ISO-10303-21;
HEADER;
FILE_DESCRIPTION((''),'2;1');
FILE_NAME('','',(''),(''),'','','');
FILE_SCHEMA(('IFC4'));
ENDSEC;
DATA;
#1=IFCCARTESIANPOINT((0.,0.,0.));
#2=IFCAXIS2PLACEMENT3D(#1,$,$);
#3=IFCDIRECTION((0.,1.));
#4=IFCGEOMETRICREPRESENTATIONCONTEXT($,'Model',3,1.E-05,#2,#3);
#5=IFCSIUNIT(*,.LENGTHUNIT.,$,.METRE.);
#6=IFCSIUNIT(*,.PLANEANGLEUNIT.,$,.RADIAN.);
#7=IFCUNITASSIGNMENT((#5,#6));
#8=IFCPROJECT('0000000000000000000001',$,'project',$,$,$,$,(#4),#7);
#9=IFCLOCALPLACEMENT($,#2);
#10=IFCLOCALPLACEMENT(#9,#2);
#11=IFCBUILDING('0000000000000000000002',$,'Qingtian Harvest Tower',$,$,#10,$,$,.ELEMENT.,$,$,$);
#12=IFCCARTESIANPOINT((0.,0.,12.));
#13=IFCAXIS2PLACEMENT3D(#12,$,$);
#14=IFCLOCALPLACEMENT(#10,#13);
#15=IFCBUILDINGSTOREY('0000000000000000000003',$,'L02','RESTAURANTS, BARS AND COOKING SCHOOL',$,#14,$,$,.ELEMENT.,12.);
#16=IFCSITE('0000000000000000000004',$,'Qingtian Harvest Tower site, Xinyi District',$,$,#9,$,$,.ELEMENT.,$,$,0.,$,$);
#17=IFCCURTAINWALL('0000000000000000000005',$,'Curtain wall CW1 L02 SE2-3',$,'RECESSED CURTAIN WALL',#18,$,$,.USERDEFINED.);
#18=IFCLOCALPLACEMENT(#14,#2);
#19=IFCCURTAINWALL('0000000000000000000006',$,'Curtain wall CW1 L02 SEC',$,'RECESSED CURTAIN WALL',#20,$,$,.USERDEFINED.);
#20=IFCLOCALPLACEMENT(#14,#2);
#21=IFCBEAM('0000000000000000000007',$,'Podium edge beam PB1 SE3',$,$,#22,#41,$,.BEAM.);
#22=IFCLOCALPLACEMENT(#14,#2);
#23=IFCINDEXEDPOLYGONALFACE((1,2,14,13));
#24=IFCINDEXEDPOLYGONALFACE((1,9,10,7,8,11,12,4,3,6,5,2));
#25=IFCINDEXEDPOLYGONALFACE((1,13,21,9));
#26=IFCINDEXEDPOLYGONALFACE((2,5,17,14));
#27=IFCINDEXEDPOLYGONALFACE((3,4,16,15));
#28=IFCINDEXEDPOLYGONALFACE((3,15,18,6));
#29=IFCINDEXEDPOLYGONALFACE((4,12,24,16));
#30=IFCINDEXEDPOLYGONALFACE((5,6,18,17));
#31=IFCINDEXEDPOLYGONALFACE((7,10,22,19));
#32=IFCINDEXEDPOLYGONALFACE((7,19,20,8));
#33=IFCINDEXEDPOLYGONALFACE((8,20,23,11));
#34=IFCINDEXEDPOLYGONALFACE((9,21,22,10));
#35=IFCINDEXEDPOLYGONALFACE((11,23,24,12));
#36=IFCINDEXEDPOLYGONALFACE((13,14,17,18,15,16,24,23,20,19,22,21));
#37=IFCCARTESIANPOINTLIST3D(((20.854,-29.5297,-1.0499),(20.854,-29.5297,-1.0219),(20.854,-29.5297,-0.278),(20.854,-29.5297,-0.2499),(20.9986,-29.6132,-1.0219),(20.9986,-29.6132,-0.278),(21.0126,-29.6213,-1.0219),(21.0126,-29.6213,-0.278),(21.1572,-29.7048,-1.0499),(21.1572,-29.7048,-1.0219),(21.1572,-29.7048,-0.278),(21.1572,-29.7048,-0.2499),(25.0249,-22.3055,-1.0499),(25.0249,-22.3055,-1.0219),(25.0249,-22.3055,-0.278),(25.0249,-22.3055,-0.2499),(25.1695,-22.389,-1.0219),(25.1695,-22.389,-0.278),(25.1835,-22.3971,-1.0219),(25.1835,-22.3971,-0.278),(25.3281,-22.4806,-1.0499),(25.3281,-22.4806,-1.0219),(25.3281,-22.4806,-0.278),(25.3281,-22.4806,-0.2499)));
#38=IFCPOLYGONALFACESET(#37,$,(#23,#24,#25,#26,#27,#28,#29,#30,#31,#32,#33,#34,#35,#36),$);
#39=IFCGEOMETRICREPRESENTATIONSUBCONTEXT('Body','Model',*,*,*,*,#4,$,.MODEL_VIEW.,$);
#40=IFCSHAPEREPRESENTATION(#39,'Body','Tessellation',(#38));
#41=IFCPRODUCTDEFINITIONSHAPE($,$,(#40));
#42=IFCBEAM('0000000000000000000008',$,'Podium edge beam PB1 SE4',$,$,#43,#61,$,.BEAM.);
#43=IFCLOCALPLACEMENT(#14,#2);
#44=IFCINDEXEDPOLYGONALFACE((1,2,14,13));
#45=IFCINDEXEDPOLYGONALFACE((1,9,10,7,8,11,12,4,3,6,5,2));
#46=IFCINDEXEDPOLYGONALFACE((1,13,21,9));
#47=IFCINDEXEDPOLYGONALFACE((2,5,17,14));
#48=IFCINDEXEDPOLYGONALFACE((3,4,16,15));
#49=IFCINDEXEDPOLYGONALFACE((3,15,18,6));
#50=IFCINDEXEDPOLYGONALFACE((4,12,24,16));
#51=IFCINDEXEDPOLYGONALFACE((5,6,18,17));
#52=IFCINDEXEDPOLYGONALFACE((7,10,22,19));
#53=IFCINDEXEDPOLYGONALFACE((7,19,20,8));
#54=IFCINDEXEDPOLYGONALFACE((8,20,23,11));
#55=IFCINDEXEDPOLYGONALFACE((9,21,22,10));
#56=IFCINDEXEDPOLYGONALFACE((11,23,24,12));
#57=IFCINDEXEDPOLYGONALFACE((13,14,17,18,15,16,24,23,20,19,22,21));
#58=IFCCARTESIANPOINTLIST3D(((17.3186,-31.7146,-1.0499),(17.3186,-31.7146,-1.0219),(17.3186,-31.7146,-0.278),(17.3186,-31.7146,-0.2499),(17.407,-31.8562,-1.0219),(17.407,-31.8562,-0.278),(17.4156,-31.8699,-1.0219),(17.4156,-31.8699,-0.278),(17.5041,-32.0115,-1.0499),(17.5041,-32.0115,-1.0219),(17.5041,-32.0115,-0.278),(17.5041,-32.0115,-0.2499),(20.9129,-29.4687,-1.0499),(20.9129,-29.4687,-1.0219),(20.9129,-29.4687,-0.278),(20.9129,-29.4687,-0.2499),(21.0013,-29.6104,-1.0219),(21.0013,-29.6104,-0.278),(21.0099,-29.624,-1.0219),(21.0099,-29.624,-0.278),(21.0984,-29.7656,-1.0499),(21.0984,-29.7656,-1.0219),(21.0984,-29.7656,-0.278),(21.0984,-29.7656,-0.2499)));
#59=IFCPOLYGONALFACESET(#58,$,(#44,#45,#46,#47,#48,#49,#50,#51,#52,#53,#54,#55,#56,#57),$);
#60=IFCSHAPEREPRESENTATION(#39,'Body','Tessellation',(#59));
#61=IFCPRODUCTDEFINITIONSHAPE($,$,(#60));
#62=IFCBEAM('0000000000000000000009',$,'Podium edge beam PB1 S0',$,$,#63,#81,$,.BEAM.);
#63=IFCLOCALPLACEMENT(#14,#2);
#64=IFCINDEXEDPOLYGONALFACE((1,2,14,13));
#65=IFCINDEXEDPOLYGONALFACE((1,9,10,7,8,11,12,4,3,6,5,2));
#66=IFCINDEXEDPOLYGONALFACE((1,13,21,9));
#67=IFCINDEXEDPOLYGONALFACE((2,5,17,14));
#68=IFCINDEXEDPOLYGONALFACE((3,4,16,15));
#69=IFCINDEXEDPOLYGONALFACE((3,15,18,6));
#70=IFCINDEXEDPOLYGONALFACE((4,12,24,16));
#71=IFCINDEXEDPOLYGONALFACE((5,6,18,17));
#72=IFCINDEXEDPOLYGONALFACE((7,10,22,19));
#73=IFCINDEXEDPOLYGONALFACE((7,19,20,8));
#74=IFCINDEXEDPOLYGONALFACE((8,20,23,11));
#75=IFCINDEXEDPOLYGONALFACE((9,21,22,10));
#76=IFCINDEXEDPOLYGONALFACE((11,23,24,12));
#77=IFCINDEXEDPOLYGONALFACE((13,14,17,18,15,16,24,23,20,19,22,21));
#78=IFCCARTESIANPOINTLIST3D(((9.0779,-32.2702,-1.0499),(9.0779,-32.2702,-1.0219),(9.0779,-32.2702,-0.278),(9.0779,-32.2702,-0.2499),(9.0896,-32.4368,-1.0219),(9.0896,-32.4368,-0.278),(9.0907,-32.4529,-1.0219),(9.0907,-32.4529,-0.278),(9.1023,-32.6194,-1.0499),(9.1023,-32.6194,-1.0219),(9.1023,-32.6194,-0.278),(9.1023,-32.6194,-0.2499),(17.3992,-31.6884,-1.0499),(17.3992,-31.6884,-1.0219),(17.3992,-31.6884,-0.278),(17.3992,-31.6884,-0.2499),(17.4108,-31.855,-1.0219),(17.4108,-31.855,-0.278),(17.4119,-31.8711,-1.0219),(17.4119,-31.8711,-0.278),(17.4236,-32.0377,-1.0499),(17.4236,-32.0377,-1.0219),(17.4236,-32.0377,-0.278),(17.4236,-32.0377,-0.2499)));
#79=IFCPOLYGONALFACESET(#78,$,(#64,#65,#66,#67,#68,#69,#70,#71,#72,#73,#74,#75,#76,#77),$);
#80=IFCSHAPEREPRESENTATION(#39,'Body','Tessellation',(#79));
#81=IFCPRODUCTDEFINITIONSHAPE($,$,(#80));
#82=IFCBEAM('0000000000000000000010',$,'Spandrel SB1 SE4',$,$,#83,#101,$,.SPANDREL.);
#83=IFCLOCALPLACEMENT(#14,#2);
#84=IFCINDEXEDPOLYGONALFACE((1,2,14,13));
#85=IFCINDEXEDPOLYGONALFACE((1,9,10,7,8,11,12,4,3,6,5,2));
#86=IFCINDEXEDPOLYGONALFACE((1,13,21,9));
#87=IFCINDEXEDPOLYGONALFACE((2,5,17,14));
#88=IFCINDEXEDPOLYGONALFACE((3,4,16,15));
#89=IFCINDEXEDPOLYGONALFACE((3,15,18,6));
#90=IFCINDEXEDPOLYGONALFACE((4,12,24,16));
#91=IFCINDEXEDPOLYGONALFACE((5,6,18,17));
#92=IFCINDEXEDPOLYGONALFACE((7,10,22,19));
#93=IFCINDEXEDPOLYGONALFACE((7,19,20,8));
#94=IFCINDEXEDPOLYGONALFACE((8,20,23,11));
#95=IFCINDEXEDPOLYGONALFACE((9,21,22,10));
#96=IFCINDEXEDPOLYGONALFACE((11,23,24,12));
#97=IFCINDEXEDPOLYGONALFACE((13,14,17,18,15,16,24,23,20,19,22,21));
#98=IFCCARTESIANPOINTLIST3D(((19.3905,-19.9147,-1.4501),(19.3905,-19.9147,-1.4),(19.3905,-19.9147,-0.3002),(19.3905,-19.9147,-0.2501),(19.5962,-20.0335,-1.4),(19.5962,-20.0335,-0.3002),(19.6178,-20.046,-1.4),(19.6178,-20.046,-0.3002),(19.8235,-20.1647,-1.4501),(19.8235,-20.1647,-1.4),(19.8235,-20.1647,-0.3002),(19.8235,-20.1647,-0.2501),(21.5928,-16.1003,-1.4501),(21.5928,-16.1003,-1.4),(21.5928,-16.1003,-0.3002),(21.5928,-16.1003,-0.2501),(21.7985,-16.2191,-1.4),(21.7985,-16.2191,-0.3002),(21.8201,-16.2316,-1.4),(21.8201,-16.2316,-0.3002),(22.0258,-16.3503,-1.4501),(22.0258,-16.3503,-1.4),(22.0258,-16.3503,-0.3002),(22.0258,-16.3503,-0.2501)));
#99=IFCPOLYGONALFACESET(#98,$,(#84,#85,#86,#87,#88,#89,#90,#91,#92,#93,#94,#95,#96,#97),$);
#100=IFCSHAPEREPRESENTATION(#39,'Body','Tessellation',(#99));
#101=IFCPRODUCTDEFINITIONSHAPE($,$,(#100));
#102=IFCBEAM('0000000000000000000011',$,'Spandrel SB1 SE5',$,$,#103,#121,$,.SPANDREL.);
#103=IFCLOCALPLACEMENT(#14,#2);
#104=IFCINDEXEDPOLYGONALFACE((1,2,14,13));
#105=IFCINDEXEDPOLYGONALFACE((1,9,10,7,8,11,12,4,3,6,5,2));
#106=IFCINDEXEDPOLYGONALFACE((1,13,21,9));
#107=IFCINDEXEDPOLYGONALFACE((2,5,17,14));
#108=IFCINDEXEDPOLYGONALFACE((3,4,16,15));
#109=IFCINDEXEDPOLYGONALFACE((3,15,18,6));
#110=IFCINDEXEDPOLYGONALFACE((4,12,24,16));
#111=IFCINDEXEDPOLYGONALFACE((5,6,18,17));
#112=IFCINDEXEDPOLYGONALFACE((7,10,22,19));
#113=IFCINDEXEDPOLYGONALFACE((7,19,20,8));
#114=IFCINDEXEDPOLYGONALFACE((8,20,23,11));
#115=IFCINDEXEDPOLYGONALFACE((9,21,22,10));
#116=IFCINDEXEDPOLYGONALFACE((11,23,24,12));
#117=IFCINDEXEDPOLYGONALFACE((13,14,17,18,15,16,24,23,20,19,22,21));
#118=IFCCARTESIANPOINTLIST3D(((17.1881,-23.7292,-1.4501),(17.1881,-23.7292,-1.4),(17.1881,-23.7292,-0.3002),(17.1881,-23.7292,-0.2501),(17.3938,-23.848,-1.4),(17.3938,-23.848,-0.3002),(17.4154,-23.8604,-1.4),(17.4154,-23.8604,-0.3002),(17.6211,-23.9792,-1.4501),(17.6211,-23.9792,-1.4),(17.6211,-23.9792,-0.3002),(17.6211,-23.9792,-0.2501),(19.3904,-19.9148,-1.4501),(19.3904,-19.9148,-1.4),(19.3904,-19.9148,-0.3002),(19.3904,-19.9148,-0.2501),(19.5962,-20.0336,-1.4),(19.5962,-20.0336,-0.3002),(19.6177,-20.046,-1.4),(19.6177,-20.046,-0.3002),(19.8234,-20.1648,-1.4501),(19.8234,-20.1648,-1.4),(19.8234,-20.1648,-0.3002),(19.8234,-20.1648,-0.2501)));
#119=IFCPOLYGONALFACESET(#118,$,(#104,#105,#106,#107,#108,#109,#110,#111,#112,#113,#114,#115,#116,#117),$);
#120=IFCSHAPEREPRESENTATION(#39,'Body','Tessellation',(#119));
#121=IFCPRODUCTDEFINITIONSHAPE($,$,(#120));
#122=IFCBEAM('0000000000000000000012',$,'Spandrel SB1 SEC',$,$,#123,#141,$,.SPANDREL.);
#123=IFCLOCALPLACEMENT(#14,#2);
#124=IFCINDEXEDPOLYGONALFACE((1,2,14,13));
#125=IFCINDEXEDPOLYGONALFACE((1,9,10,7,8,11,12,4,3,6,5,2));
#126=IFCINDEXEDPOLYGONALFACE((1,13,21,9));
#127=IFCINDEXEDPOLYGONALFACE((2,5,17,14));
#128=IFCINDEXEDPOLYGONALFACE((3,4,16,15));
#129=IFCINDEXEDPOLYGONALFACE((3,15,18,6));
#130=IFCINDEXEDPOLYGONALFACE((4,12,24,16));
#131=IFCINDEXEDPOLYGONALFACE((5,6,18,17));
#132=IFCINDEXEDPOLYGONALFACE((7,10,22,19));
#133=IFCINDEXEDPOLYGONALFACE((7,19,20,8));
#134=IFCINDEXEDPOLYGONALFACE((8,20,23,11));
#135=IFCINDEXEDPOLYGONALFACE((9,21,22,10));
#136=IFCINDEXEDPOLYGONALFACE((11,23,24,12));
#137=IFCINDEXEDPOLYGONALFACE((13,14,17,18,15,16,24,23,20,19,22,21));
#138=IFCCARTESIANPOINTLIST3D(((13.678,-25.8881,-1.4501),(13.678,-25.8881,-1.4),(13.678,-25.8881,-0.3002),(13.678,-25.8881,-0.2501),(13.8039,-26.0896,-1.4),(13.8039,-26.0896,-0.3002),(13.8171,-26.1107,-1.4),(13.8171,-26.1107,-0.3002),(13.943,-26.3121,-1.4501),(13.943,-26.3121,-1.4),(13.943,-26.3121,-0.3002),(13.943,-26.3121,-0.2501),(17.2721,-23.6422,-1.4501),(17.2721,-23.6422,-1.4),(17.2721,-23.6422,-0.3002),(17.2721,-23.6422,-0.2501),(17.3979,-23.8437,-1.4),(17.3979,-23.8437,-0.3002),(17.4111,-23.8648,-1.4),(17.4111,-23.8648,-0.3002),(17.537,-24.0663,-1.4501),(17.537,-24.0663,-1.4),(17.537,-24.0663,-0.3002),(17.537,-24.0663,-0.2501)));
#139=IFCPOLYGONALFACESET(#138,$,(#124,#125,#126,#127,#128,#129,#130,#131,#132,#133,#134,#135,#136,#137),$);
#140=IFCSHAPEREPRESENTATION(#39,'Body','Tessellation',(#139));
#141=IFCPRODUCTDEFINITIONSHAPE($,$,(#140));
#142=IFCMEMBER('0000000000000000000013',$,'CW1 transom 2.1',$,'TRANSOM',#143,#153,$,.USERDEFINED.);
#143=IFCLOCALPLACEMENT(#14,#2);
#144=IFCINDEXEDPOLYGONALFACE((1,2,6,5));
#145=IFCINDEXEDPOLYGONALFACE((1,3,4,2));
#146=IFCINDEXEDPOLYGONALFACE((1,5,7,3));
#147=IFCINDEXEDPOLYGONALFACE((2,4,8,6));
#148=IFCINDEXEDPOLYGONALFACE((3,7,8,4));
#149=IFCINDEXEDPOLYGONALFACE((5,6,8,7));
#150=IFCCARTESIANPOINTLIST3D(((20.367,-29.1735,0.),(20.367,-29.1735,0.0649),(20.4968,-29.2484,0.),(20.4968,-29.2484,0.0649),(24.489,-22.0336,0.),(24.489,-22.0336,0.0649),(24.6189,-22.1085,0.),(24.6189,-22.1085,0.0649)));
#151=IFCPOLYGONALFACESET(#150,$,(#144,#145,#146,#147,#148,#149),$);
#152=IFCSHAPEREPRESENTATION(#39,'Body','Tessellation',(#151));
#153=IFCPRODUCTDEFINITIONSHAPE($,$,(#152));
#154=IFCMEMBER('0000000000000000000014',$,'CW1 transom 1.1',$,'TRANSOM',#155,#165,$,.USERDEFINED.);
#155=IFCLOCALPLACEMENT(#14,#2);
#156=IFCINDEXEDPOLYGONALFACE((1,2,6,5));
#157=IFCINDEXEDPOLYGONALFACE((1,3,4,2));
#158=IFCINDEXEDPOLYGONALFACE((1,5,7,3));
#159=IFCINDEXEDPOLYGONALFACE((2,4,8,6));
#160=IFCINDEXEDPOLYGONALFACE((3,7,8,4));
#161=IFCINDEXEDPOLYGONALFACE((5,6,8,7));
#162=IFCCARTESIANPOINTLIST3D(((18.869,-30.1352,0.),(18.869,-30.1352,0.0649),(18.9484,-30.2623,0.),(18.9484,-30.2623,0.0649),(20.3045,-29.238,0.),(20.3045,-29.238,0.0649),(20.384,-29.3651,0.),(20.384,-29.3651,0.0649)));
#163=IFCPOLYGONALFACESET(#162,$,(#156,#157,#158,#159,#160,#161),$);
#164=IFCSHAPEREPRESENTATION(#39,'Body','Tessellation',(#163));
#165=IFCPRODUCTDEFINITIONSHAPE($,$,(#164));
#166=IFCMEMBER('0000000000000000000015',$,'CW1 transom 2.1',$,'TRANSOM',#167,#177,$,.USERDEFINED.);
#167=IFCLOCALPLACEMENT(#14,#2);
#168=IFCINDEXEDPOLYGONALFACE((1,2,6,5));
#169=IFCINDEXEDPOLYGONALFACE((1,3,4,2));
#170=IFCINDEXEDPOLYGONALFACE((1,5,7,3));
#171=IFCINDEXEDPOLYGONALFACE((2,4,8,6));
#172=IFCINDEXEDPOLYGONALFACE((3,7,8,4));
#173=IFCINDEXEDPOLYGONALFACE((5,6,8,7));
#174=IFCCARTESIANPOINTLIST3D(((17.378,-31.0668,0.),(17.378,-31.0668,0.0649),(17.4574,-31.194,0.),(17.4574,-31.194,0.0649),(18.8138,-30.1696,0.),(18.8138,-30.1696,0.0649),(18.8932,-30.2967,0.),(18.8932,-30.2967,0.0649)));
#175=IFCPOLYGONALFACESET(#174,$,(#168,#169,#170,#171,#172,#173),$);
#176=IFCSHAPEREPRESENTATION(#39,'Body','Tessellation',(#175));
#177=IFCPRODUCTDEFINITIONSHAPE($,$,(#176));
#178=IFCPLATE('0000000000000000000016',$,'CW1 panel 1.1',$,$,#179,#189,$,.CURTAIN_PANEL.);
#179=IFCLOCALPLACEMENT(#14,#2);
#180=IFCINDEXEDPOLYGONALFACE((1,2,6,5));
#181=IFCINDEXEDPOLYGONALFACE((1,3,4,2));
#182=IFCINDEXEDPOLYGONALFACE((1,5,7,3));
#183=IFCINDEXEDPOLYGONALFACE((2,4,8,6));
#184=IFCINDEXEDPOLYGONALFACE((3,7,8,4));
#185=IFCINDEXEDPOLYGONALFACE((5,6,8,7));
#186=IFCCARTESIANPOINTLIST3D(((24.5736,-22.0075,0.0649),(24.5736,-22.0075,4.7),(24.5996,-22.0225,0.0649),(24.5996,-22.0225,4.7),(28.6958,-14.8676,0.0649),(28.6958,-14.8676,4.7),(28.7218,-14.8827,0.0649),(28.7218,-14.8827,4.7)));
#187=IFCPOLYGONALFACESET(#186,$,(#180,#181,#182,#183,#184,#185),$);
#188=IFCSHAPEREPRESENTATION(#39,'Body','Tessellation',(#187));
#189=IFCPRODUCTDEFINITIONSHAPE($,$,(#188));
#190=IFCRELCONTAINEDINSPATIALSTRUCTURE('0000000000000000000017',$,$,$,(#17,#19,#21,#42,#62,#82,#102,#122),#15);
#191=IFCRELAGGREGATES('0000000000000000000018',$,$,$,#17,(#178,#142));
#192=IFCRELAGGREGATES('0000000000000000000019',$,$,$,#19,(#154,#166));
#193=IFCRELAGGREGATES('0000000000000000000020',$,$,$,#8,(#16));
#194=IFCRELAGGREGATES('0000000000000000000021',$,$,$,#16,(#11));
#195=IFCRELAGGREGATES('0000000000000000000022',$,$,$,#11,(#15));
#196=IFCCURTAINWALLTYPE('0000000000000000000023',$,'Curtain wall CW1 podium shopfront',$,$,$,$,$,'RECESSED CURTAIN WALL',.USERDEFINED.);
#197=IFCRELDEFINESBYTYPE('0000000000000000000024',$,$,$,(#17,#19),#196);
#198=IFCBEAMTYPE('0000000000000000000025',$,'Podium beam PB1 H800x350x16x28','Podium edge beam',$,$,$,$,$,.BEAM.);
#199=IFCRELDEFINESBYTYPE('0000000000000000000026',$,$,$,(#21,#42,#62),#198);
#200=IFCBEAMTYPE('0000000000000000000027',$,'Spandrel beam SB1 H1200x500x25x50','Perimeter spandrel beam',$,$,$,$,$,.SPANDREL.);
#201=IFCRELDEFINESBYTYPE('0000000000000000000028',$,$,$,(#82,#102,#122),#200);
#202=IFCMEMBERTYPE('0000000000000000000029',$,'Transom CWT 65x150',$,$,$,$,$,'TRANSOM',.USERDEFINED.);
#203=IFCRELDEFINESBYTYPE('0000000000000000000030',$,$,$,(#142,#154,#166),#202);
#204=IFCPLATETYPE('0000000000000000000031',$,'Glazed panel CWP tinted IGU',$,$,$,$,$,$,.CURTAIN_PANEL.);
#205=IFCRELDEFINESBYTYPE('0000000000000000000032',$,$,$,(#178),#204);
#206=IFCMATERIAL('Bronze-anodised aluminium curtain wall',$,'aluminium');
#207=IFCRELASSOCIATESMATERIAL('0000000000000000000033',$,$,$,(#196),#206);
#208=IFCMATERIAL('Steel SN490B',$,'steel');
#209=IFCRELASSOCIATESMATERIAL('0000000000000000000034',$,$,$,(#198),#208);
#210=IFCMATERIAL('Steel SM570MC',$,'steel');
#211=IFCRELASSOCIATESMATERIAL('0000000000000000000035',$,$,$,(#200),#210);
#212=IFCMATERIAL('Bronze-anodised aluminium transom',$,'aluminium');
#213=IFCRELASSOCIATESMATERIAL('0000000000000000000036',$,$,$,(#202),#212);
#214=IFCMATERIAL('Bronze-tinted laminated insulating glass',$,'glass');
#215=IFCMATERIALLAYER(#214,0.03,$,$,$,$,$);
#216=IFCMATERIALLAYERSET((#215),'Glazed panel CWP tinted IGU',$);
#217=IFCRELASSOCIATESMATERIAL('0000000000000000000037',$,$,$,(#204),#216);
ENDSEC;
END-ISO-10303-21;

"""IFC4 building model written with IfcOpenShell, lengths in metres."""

from ifc_helpers import new_model, si_unit, direction, frame, origin, origin_2d, place, context, subcontext, project, spatial, rectangle, i_section, extrude, material, layer, layer_set, material_profile, profile_set, type_object, element, aggregate, save


model = new_model("IFC4")

# Units and contexts
model_context = context("Model", 3, precision=1e-05, world=origin(), true_north=direction((0.0, 1.0)))
body_context = subcontext(model_context, "Body", "Model", "MODEL_VIEW")
ifc_project = project(units=[si_unit("LENGTHUNIT", "METRE"), si_unit("PLANEANGLEUNIT", "RADIAN")], contexts=[model_context])

# Site, building, storey
site_placement = place(None, origin())
site = spatial("IfcSite", under=ifc_project, at=site_placement, Name="Qingtian Harvest Tower site, Xinyi District", CompositionType="ELEMENT", RefElevation=0.0)
building_placement = place(site_placement, origin())
building = spatial("IfcBuilding", under=site, at=building_placement, Name="Qingtian Harvest Tower", CompositionType="ELEMENT")
storey_placement = place(building_placement, frame((0.0, 0.0, 12.0)))
storey = spatial("IfcBuildingStorey", under=building, at=storey_placement, Name="L02", Description="RESTAURANTS, BARS AND COOKING SCHOOL", CompositionType="ELEMENT", Elevation=12.0)

# Curtain walls
ifc_material_1 = material(Name="Bronze-anodised aluminium curtain wall", Category="aluminium")
curtain_wall_type = type_object("IfcCurtainWallType", Name="Curtain wall CW1 podium shopfront", ElementType="RECESSED CURTAIN WALL", PredefinedType="USERDEFINED", material=ifc_material_1)
curtain_wall_1_placement = place(storey_placement, origin())
curtain_wall_1 = element("IfcCurtainWall", 1, at=curtain_wall_1_placement, inside=storey, type_object=curtain_wall_type, Name="Curtain wall CW1 L02 SE2-3", ObjectType="RECESSED CURTAIN WALL", PredefinedType="USERDEFINED")
curtain_wall_2_placement = place(storey_placement, origin())
curtain_wall_2 = element("IfcCurtainWall", 2, at=curtain_wall_2_placement, inside=storey, type_object=curtain_wall_type, Name="Curtain wall CW1 L02 SEC", ObjectType="RECESSED CURTAIN WALL", PredefinedType="USERDEFINED")

# Beams
ifc_material_2 = material(Name="Steel SN490B", Category="steel")
ifc_material_profile_1 = material_profile(ifc_material_2, i_section(OverallWidth=0.3501, OverallDepth=0.8, WebThickness=0.0161, FlangeThickness=0.0281, at=origin_2d()), Name="H800x350x16x28")
ifc_profile_set_1 = profile_set([ifc_material_profile_1], Name="Steel SN490B")
beam_type_1 = type_object("IfcBeamType", Name="Podium beam PB1 H800x350x16x28", Description="Podium edge beam", PredefinedType="BEAM", material=ifc_profile_set_1)
beam_1_placement = place(storey_placement, frame((25.1765, -22.3931, -0.6499), z_axis=(-0.500005, -0.866023, 0.0), x_axis=(0.866023, -0.500005, 0.0)))
element("IfcBeam", 3, at=beam_1_placement, inside=storey, type_object=beam_type_1, Name="Podium edge beam PB1 SE3", PredefinedType="BEAM", context=body_context, shape_type="SweptSolid", body=[
    extrude(i_section(OverallWidth=0.3501, OverallDepth=0.8, WebThickness=0.0161, FlangeThickness=0.0281, at=origin_2d()), origin(), (0.0, 0.0, 1.0), 8.3418),
])
beam_2_placement = place(storey_placement, frame((21.0056, -29.6172, -0.6499), z_axis=(-0.848057, -0.529906, 0.0), x_axis=(0.529906, -0.848057, 0.0)))
element("IfcBeam", 4, at=beam_2_placement, inside=storey, type_object=beam_type_1, Name="Podium edge beam PB1 SE4", PredefinedType="BEAM", context=body_context, shape_type="SweptSolid", body=[
    extrude(i_section(OverallWidth=0.3501, OverallDepth=0.8, WebThickness=0.0161, FlangeThickness=0.0281, at=origin_2d()), origin(), (0.0, 0.0, 1.0), 4.2383),
])
beam_3_placement = place(storey_placement, frame((17.4114, -31.863, -0.6499), z_axis=(-0.997565, -0.069745, 0.0), x_axis=(0.069745, -0.997565, 0.0)))
element("IfcBeam", 5, at=beam_3_placement, inside=storey, type_object=beam_type_1, Name="Podium edge beam PB1 S0", PredefinedType="BEAM", context=body_context, shape_type="SweptSolid", body=[
    extrude(i_section(OverallWidth=0.3501, OverallDepth=0.8, WebThickness=0.0161, FlangeThickness=0.0281, at=origin_2d()), origin(), (0.0, 0.0, 1.0), 8.3416),
])
ifc_material_3 = material(Name="Steel SM570MC", Category="steel")
ifc_material_profile_2 = material_profile(ifc_material_3, i_section(OverallWidth=0.5, OverallDepth=1.2, WebThickness=0.0249, FlangeThickness=0.05, at=origin_2d()), Name="H1200x500x25x50")
ifc_profile_set_2 = profile_set([ifc_material_profile_2], Name="Steel SM570MC")
beam_type_2 = type_object("IfcBeamType", Name="Spandrel beam SB1 H1200x500x25x50", Description="Perimeter spandrel beam", PredefinedType="SPANDREL", material=ifc_profile_set_2)
for number, where, z_axis, x_axis, name in (
    (6, (21.8093, -16.2253, -0.8501), (-0.50002, -0.866014, 0.0), (0.866014, -0.50002, 0.0), "Spandrel SB1 SE4"),
    (7, (19.6069, -20.0398, -0.8501), (-0.50002, -0.866014, 0.0), (0.866014, -0.50002, 0.0), "Spandrel SB1 SE5"),
):
    element("IfcBeam", number, at=place(storey_placement, frame(where, z_axis=z_axis, x_axis=x_axis)), inside=storey, type_object=beam_type_2, Name=name, PredefinedType="SPANDREL", context=body_context, shape_type="SweptSolid", body=[
        extrude(i_section(OverallWidth=0.5, OverallDepth=1.2, WebThickness=0.0249, FlangeThickness=0.05, at=origin_2d()), origin(), (0.0, 0.0, 1.0), 4.4045),
    ])
beam_4_placement = place(storey_placement, frame((17.4045, -23.8542, -0.8501), z_axis=(-0.84804, -0.529932, 0.0), x_axis=(0.529932, -0.84804, 0.0)))
element("IfcBeam", 8, at=beam_4_placement, inside=storey, type_object=beam_type_2, Name="Spandrel SB1 SEC", PredefinedType="SPANDREL", context=body_context, shape_type="SweptSolid", body=[
    extrude(i_section(OverallWidth=0.5, OverallDepth=1.2, WebThickness=0.0249, FlangeThickness=0.05, at=origin_2d()), origin(), (0.0, 0.0, 1.0), 4.238),
])

# Members
ifc_material_4 = material(Name="Bronze-anodised aluminium transom", Category="aluminium")
ifc_material_profile_3 = material_profile(ifc_material_4, rectangle(XDim=0.1499, YDim=0.0649, at=origin_2d()), Name="AL 65x150")
ifc_profile_set_3 = profile_set([ifc_material_profile_3], Name="Bronze-anodised aluminium transom")
member_type_1 = type_object("IfcMemberType", Name="Transom CWT 65x150", ElementType="TRANSOM", PredefinedType="USERDEFINED", material=ifc_profile_set_3)
member_1_placement = place(storey_placement, frame((24.554, -22.071, 0.0325), z_axis=(-0.499986, -0.866033, 0.0), x_axis=(0.866033, -0.499986, 0.0)))
member_1 = element("IfcMember", 9, at=member_1_placement, type_object=member_type_1, Name="CW1 transom 2.1", ObjectType="TRANSOM", PredefinedType="USERDEFINED", context=body_context, shape_type="SweptSolid", body=[
    extrude(rectangle(XDim=0.1499, YDim=0.0649, at=origin_2d()), origin(), (0.0, 0.0, 1.0), 8.2444),
])
member_2_placement = place(storey_placement, frame((20.3442, -29.3015, 0.0325), z_axis=(-0.847998, -0.529999, 0.0), x_axis=(0.529999, -0.847998, 0.0)))
member_2 = element("IfcMember", 10, at=member_2_placement, type_object=member_type_1, Name="CW1 transom 1.1", ObjectType="TRANSOM", PredefinedType="USERDEFINED", context=body_context, shape_type="SweptSolid", body=[
    extrude(rectangle(XDim=0.1499, YDim=0.0649, at=origin_2d()), origin(), (0.0, 0.0, 1.0), 1.6929),
])
member_3_placement = place(storey_placement, frame((18.8535, -30.2332, 0.0325), z_axis=(-0.848039, -0.529934, 0.0), x_axis=(0.529934, -0.848039, 0.0)))
member_3 = element("IfcMember", 11, at=member_3_placement, type_object=member_type_1, Name="CW1 transom 2.1", ObjectType="TRANSOM", PredefinedType="USERDEFINED", context=body_context, shape_type="SweptSolid", body=[
    extrude(rectangle(XDim=0.1499, YDim=0.0649, at=origin_2d()), origin(), (0.0, 0.0, 1.0), 1.6931),
])

# Plate
ifc_material_5 = material(Name="Bronze-tinted laminated insulating glass", Category="glass")
ifc_layer = layer(ifc_material_5, 0.03)
ifc_layer_set = layer_set([ifc_layer], Name="Glazed panel CWP tinted IGU")
plate_type = type_object("IfcPlateType", Name="Glazed panel CWP tinted IGU", PredefinedType="CURTAIN_PANEL", material=ifc_layer_set)
plate_1_placement = place(storey_placement, frame((26.6477, -18.4451, 0.0649), z_axis=(0.0, 0.0, 1.0), x_axis=(-0.5, -0.866025, 0.0)))
plate_1 = element("IfcPlate", 12, at=plate_1_placement, type_object=plate_type, Name="CW1 panel 1.1", PredefinedType="CURTAIN_PANEL", context=body_context, shape_type="SweptSolid", body=[
    extrude(rectangle(XDim=8.2444, YDim=0.03, at=origin_2d()), origin(), (0.0, 0.0, 1.0), 4.635),
])
aggregate(curtain_wall_1, [plate_1, member_1])
aggregate(curtain_wall_2, [member_2, member_3])

save(model, "model.ifc")
